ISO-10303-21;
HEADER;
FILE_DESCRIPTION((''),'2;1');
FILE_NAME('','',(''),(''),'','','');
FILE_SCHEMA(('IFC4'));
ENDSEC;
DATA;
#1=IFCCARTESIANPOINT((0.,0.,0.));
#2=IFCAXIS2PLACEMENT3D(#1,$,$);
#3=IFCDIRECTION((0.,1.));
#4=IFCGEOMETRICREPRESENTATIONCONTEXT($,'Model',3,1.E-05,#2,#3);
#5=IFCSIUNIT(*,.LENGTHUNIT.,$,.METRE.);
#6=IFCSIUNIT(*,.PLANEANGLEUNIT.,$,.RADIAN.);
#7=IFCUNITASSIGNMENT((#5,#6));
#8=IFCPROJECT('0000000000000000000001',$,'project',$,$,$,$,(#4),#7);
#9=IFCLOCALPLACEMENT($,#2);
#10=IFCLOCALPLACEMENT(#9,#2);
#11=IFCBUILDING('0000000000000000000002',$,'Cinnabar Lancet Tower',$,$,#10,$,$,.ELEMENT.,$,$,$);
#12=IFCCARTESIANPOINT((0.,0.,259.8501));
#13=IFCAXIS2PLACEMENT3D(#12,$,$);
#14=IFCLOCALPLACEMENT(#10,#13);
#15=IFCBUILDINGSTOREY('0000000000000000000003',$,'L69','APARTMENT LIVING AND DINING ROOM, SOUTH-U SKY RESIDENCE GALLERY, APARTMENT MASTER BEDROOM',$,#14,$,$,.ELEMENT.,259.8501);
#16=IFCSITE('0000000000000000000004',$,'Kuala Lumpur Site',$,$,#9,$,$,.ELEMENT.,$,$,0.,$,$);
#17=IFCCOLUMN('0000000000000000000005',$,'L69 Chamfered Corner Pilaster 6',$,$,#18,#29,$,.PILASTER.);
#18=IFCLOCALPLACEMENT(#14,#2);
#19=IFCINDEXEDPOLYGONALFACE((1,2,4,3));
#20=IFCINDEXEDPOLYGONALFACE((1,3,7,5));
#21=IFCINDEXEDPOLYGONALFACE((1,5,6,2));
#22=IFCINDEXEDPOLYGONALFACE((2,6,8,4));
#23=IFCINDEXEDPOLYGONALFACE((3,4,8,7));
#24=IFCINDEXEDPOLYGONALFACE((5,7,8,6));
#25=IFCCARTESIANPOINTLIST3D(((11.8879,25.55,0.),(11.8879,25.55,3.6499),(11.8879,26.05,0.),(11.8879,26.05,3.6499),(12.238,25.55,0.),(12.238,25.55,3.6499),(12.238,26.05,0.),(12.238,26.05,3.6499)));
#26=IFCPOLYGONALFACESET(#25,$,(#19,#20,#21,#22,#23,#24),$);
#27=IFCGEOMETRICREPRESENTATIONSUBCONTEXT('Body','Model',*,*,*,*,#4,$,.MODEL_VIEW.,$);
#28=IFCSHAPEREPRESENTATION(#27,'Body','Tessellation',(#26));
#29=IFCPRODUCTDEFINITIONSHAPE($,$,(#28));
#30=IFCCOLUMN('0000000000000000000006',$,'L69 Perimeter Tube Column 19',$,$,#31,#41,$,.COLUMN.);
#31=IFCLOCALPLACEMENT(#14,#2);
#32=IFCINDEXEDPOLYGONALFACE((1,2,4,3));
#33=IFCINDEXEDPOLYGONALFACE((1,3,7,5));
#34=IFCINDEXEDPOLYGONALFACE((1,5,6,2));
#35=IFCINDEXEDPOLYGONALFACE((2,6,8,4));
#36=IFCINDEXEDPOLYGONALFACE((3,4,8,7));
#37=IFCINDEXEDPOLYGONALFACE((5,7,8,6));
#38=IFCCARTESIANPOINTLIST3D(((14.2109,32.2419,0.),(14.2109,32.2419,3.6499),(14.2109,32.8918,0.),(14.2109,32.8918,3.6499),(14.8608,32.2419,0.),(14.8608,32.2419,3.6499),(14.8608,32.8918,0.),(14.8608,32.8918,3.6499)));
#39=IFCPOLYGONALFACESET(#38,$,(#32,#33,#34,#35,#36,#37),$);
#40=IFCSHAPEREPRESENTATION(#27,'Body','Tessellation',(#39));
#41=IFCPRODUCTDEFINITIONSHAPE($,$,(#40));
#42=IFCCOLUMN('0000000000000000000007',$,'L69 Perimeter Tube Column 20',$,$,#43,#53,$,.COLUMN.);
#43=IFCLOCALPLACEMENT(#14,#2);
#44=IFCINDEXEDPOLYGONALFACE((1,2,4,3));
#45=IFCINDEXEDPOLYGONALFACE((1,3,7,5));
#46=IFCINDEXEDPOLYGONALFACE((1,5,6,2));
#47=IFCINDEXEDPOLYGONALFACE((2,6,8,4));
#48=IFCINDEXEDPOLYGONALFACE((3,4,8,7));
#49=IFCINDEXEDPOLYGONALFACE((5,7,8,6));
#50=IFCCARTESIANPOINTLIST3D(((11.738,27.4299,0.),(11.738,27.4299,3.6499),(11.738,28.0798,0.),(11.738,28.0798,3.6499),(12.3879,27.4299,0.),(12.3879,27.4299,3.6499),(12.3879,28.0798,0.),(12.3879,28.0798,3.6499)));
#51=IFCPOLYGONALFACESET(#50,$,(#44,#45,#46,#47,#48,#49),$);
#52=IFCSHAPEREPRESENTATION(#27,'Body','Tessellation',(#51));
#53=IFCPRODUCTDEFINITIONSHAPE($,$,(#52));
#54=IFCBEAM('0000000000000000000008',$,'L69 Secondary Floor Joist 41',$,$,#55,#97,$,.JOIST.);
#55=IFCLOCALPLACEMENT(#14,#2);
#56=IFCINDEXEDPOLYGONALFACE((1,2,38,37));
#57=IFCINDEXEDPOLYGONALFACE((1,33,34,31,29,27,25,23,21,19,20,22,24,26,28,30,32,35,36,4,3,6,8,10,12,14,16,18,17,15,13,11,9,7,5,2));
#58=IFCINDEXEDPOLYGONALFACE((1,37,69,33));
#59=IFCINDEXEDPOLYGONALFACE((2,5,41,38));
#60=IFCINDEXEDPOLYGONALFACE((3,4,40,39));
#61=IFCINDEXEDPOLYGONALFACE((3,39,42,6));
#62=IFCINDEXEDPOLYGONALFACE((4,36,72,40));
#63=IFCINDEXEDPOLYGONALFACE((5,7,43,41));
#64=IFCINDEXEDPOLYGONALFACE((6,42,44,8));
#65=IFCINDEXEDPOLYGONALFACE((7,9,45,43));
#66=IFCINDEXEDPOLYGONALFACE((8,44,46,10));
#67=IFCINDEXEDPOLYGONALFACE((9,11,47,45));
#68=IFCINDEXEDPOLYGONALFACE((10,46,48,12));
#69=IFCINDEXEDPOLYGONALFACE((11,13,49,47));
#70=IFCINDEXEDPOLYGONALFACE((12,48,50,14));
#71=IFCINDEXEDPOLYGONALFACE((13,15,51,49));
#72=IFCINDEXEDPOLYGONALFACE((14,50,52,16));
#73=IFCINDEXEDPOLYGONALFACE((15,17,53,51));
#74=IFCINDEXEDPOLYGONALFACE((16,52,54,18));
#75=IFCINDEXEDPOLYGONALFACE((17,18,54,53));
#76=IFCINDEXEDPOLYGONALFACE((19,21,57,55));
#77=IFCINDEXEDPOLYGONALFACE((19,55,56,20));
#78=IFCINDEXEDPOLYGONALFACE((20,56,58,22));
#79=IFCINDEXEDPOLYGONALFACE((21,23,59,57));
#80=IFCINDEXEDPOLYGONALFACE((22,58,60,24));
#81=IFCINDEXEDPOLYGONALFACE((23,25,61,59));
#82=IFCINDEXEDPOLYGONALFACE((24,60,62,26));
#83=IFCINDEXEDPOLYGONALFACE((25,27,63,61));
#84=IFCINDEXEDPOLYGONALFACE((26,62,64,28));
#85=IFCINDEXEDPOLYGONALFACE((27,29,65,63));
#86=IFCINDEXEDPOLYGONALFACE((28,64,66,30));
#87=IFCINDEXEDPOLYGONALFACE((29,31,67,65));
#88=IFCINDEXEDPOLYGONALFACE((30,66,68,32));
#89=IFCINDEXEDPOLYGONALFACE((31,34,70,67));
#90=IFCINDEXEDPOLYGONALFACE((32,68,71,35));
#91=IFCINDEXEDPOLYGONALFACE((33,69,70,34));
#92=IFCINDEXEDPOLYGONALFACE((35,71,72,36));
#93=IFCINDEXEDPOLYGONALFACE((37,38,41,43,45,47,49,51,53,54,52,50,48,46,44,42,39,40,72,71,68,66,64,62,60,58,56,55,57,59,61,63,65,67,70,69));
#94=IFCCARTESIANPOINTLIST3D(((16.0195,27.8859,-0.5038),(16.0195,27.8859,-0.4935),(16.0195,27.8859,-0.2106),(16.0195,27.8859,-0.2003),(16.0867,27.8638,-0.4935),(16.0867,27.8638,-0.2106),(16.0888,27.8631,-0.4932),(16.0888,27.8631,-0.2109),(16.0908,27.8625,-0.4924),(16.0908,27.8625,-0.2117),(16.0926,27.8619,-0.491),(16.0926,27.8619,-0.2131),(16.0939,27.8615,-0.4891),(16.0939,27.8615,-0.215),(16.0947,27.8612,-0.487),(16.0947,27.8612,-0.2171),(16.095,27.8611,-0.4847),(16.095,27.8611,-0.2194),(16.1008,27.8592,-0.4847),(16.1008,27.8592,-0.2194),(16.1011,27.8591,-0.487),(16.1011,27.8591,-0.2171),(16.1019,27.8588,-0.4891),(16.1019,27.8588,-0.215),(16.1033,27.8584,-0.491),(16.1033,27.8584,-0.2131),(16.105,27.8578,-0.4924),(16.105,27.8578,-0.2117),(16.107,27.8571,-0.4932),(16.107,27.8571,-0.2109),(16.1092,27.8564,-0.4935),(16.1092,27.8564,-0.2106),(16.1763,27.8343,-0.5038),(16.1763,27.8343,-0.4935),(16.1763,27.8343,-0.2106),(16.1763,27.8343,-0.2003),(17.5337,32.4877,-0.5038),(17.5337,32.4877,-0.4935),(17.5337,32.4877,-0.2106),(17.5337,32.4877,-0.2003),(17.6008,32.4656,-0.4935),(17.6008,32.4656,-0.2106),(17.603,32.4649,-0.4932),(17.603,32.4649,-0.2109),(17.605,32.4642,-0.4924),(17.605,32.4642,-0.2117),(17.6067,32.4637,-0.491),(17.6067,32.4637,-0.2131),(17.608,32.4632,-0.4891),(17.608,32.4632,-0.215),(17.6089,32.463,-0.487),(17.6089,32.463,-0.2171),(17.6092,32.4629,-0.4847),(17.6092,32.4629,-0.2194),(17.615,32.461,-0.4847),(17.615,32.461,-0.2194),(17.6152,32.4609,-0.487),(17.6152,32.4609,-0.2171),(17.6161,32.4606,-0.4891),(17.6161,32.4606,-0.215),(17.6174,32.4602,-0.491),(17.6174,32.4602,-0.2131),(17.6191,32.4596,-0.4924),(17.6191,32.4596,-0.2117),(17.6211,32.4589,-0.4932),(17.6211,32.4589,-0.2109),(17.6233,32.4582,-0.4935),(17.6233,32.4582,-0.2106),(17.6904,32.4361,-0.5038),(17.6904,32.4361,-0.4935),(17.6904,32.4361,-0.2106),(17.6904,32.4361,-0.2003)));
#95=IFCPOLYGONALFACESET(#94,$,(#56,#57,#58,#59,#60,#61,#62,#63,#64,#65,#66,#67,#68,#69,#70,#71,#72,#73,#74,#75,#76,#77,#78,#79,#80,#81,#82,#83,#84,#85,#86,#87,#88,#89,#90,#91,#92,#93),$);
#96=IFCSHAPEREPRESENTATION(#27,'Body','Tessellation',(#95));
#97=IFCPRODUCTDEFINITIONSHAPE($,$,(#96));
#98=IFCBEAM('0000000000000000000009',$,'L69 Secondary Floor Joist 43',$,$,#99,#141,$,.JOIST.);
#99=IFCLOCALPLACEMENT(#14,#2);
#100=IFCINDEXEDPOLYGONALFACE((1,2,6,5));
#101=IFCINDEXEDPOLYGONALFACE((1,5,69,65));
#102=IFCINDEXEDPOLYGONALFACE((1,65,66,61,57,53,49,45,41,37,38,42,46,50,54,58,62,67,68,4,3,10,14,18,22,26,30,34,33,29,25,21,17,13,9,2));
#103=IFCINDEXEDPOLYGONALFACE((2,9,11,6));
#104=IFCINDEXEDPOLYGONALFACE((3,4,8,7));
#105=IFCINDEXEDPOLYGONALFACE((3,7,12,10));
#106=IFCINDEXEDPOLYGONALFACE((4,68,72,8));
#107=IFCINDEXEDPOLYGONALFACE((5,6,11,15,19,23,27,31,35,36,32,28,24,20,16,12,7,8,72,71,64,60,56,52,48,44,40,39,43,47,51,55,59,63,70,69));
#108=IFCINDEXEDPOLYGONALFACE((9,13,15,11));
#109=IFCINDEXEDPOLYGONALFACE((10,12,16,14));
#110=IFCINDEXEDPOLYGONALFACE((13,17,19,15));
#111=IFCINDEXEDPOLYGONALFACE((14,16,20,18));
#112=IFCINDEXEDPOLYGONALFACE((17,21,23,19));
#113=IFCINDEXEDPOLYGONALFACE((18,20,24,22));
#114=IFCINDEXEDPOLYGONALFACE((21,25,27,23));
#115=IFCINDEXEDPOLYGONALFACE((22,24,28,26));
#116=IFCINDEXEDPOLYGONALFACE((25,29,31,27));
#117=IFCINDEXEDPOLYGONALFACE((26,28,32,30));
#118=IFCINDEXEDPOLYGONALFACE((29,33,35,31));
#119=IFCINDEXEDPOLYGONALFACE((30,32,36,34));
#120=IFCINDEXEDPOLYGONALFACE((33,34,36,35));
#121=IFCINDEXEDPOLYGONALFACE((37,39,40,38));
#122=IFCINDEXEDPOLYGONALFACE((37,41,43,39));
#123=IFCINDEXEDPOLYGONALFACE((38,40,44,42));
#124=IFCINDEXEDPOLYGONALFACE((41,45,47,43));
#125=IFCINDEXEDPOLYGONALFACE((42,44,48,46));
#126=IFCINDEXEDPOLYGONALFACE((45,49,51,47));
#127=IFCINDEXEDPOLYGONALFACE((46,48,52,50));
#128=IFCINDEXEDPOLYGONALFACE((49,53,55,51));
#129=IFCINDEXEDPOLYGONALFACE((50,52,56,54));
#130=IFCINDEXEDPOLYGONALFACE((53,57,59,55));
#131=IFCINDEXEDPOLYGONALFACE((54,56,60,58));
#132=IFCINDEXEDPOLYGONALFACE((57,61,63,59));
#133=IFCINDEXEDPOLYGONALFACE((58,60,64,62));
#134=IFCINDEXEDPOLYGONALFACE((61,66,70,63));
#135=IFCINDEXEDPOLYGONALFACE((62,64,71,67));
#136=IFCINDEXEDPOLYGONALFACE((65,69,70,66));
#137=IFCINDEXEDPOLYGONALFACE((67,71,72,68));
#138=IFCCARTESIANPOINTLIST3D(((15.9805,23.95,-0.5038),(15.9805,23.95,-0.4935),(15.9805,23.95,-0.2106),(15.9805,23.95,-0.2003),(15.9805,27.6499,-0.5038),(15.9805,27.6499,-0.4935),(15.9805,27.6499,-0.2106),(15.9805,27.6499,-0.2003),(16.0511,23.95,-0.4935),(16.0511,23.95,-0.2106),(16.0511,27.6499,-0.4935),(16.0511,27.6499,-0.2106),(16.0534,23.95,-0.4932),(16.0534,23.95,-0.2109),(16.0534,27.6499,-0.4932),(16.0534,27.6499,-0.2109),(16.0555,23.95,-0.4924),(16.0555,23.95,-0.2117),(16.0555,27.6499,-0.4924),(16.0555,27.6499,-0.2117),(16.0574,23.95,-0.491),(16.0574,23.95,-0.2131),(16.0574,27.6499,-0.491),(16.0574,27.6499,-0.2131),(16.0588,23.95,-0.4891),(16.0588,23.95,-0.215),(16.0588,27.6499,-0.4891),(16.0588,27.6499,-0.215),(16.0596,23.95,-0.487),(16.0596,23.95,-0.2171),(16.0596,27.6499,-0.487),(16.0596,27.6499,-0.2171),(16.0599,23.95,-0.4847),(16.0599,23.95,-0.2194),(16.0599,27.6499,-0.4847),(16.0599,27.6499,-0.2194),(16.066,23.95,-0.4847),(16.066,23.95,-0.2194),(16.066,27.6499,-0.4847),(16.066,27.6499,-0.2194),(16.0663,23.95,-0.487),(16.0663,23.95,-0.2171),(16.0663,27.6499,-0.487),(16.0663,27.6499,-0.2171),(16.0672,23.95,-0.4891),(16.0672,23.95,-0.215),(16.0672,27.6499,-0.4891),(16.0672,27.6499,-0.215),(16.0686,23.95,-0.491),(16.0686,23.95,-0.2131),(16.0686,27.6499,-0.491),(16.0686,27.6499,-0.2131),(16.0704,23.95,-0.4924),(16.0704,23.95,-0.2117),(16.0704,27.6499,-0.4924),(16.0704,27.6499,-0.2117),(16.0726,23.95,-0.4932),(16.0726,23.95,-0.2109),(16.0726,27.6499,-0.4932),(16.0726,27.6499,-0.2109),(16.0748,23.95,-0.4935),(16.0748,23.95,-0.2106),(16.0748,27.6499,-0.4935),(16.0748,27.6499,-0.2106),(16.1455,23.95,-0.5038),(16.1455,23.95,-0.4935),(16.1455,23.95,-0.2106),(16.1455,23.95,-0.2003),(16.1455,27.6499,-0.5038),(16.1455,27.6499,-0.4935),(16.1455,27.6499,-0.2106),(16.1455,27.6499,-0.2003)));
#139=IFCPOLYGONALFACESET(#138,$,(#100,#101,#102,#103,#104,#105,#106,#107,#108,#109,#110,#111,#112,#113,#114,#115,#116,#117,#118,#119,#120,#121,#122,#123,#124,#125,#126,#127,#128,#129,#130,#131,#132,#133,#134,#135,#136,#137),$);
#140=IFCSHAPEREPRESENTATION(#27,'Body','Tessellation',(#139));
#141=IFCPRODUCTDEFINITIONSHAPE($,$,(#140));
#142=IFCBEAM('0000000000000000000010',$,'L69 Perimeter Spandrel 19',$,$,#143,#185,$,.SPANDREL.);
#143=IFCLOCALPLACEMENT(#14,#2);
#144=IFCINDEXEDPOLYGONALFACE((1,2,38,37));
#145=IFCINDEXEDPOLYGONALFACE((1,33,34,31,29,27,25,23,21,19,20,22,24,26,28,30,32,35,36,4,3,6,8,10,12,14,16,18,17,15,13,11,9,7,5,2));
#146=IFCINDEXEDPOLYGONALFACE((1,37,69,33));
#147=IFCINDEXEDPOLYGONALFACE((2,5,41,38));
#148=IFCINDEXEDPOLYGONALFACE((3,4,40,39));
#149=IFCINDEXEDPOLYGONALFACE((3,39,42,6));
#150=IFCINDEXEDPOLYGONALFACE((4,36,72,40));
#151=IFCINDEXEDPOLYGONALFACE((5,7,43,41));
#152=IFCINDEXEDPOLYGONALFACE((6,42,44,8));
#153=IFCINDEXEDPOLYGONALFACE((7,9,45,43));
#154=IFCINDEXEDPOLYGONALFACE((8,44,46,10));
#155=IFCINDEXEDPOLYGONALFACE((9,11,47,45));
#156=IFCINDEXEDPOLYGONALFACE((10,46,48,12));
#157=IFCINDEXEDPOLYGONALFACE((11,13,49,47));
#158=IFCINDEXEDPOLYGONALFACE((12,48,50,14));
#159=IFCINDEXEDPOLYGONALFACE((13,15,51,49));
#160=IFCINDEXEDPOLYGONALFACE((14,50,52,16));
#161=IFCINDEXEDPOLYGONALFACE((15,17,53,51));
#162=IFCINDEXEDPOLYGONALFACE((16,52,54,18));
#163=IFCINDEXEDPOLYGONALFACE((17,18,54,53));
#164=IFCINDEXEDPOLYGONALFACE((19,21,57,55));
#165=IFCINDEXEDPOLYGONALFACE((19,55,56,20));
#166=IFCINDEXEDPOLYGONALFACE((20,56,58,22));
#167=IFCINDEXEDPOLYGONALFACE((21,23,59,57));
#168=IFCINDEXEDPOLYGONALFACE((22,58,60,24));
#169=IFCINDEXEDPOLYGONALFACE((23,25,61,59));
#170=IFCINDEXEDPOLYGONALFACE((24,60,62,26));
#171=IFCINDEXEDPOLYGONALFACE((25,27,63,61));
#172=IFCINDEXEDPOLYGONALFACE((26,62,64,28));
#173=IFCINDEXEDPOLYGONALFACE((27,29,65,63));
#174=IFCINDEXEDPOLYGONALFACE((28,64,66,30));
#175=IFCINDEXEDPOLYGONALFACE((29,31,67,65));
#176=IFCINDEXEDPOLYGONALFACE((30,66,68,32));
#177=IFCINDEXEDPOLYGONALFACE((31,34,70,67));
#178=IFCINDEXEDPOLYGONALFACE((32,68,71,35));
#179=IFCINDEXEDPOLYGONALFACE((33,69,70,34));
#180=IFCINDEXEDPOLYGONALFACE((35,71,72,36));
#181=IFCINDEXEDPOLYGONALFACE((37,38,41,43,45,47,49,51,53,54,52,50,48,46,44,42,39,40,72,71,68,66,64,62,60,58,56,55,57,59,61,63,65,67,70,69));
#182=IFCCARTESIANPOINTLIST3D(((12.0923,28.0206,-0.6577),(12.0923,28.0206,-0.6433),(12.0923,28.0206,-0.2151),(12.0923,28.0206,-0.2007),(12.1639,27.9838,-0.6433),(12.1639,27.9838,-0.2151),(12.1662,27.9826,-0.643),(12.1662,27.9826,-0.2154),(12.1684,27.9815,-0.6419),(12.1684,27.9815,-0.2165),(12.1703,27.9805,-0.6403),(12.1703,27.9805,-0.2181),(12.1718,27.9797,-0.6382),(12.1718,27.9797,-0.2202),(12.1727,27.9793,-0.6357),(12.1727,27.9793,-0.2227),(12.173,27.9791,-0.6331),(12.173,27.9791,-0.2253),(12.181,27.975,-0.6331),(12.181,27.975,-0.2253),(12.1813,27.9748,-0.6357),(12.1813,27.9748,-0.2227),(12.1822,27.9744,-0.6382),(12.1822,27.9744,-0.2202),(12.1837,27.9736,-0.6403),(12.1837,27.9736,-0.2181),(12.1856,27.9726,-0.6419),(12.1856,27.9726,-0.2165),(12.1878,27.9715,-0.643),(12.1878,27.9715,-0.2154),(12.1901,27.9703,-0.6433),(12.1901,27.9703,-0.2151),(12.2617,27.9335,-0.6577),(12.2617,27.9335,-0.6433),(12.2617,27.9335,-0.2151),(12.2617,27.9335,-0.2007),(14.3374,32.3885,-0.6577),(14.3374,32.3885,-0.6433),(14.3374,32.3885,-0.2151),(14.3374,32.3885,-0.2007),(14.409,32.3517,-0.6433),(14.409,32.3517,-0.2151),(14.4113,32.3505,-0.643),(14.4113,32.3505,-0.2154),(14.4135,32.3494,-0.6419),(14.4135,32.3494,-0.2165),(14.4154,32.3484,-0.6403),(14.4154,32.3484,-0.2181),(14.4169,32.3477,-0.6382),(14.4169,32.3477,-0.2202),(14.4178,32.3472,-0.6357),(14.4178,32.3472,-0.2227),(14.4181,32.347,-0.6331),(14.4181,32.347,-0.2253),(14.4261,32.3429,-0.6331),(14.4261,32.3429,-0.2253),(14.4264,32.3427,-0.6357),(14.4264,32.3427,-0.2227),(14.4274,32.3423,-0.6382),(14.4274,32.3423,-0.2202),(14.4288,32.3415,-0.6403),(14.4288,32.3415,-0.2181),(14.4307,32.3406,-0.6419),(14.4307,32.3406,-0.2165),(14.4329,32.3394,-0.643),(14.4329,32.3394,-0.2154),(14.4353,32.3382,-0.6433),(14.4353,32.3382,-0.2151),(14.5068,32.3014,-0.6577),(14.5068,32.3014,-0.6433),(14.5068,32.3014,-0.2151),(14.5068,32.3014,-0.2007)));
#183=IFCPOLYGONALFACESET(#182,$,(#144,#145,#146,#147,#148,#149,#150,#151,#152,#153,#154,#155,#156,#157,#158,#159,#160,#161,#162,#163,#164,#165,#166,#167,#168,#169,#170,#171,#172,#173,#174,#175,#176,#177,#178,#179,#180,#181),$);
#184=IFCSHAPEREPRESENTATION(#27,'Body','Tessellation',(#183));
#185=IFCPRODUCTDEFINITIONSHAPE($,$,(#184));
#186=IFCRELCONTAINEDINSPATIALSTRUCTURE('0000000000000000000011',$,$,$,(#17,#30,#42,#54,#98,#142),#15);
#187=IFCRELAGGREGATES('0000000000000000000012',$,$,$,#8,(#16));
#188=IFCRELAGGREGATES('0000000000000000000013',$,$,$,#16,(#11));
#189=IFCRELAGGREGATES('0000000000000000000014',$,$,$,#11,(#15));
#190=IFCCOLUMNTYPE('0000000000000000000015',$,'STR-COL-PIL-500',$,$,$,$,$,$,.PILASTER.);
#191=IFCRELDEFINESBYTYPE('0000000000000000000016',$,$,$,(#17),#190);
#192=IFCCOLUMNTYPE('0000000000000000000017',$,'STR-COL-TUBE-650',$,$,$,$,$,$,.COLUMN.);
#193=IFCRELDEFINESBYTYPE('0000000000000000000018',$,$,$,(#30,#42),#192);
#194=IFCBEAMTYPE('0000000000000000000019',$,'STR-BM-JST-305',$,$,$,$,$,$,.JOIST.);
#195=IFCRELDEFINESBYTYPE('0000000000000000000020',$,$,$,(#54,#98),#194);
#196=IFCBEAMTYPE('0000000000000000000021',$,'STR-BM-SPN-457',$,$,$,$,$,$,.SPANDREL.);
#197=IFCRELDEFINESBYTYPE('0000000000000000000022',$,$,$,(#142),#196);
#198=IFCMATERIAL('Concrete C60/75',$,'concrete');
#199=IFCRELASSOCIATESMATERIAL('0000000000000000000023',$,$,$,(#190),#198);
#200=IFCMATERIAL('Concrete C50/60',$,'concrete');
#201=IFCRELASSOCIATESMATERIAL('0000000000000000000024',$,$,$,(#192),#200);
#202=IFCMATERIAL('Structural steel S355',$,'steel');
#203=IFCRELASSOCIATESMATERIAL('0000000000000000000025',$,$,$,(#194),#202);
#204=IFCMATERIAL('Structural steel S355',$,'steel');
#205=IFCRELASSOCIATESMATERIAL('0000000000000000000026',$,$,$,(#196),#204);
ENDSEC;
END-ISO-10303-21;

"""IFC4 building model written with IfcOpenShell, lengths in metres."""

from ifc_helpers import new_model, si_unit, direction, frame, origin, origin_2d, place, context, subcontext, project, spatial, rectangle, i_section, extrude, material, material_profile, profile_set, type_object, element, save


model = new_model("IFC4")

# Units and contexts
model_context = context("Model", 3, precision=1e-05, world=origin(), true_north=direction((0.0, 1.0)))
body_context = subcontext(model_context, "Body", "Model", "MODEL_VIEW")
ifc_project = project(units=[si_unit("LENGTHUNIT", "METRE"), si_unit("PLANEANGLEUNIT", "RADIAN")], contexts=[model_context])

# Site, building, storey
site_placement = place(None, origin())
site = spatial("IfcSite", under=ifc_project, at=site_placement, Name="Kuala Lumpur Site", CompositionType="ELEMENT", RefElevation=0.0)
building_placement = place(site_placement, origin())
building = spatial("IfcBuilding", under=site, at=building_placement, Name="Cinnabar Lancet Tower", CompositionType="ELEMENT")
storey_placement = place(building_placement, frame((0.0, 0.0, 259.8501)))
storey = spatial("IfcBuildingStorey", under=building, at=storey_placement, Name="L69", Description="APARTMENT LIVING AND DINING ROOM, SOUTH-U SKY RESIDENCE GALLERY, APARTMENT MASTER BEDROOM", CompositionType="ELEMENT", Elevation=259.8501)

# Columns
ifc_material_1 = material(Name="Concrete C60/75", Category="concrete")
ifc_material_profile_1 = material_profile(ifc_material_1, rectangle(XDim=0.5, YDim=0.3501, at=origin_2d()), Name="RC-PIL 500x350")
ifc_profile_set_1 = profile_set([ifc_material_profile_1], Name="Concrete C60/75")
column_type_1 = type_object("IfcColumnType", Name="STR-COL-PIL-500", PredefinedType="PILASTER", material=ifc_profile_set_1)
column_placement = place(storey_placement, frame((12.063, 25.8, 0.0), z_axis=(0.0, 0.0, 1.0), x_axis=(0.0, -1.0, 0.0)))
element("IfcColumn", 1, at=column_placement, inside=storey, type_object=column_type_1, Name="L69 Chamfered Corner Pilaster 6", PredefinedType="PILASTER", context=body_context, shape_type="SweptSolid", body=[
    extrude(rectangle(XDim=0.5, YDim=0.3501, at=origin_2d()), origin(), (0.0, 0.0, 1.0), 3.6499),
])
ifc_material_2 = material(Name="Concrete C50/60", Category="concrete")
ifc_material_profile_2 = material_profile(ifc_material_2, rectangle(XDim=0.6499, YDim=0.6499, at=origin_2d()), Name="RC-COL 650x650")
ifc_profile_set_2 = profile_set([ifc_material_profile_2], Name="Concrete C50/60")
column_type_2 = type_object("IfcColumnType", Name="STR-COL-TUBE-650", PredefinedType="COLUMN", material=ifc_profile_set_2)
for number, where, z_axis, x_axis, name in (
    (2, (14.5359, 32.5669, 0.0), (0.0, 0.0, 1.0), (1.0, 0.0, 0.0), "L69 Perimeter Tube Column 19"),
    (3, (12.063, 27.7549, 0.0), (0.0, 0.0, 1.0), (1.0, 0.0, 0.0), "L69 Perimeter Tube Column 20"),
):
    element("IfcColumn", number, at=place(storey_placement, frame(where, z_axis=z_axis, x_axis=x_axis)), inside=storey, type_object=column_type_2, Name=name, PredefinedType="COLUMN", context=body_context, shape_type="SweptSolid", body=[
        extrude(rectangle(XDim=0.6499, YDim=0.6499, at=origin_2d()), origin(), (0.0, 0.0, 1.0), 3.6499),
    ])

# Beams
ifc_material_3 = material(Name="Structural steel S355", Category="steel")
ifc_material_profile_3 = material_profile(ifc_material_3, i_section(OverallWidth=0.165, OverallDepth=0.3035, WebThickness=0.0061, FlangeThickness=0.0103, FilletRadius=0.0088, at=origin_2d()), Name="UKB 305x165x40")
ifc_profile_set_3 = profile_set([ifc_material_profile_3], Name="Structural steel S355")
beam_type_1 = type_object("IfcBeamType", Name="STR-BM-JST-305", PredefinedType="JOIST", material=ifc_profile_set_3)
beam_1_placement = place(storey_placement, frame((17.6121, 32.4619, -0.3521), z_axis=(-0.312552, -0.949901, 0.0), x_axis=(0.949901, -0.312552, 0.0)))
element("IfcBeam", 4, at=beam_1_placement, inside=storey, type_object=beam_type_1, Name="L69 Secondary Floor Joist 41", PredefinedType="JOIST", context=body_context, shape_type="SweptSolid", body=[
    extrude(i_section(OverallWidth=0.165, OverallDepth=0.3035, WebThickness=0.0061, FlangeThickness=0.0103, FilletRadius=0.0088, at=origin_2d()), origin(), (0.0, 0.0, 1.0), 4.8445),
])
beam_2_placement = place(storey_placement, frame((16.063, 27.6499, -0.3521), z_axis=(0.0, -1.0, 0.0), x_axis=(1.0, 0.0, 0.0)))
element("IfcBeam", 5, at=beam_2_placement, inside=storey, type_object=beam_type_1, Name="L69 Secondary Floor Joist 43", PredefinedType="JOIST", context=body_context, shape_type="SweptSolid", body=[
    extrude(i_section(OverallWidth=0.165, OverallDepth=0.3035, WebThickness=0.0061, FlangeThickness=0.0103, FilletRadius=0.0088, at=origin_2d()), origin(), (0.0, 0.0, 1.0), 3.7),
])
ifc_material_4 = material(Name="Structural steel S355", Category="steel")
ifc_material_profile_4 = material_profile(ifc_material_4, i_section(OverallWidth=0.1904, OverallDepth=0.457, WebThickness=0.009, FlangeThickness=0.0144, FilletRadius=0.0103, at=origin_2d()), Name="UKB 457x191x74")
ifc_profile_set_4 = profile_set([ifc_material_profile_4], Name="Structural steel S355")
beam_type_2 = type_object("IfcBeamType", Name="STR-BM-SPN-457", PredefinedType="SPANDREL", material=ifc_profile_set_4)
beam_3_placement = place(storey_placement, frame((14.4221, 32.345, -0.4292), z_axis=(-0.457148, -0.889391, 0.0), x_axis=(0.889391, -0.457148, 0.0)))
element("IfcBeam", 6, at=beam_3_placement, inside=storey, type_object=beam_type_2, Name="L69 Perimeter Spandrel 19", PredefinedType="SPANDREL", context=body_context, shape_type="SweptSolid", body=[
    extrude(i_section(OverallWidth=0.1904, OverallDepth=0.457, WebThickness=0.009, FlangeThickness=0.0144, FilletRadius=0.0103, at=origin_2d()), origin(), (0.0, 0.0, 1.0), 4.9111),
])

save(model, "model.ifc")
